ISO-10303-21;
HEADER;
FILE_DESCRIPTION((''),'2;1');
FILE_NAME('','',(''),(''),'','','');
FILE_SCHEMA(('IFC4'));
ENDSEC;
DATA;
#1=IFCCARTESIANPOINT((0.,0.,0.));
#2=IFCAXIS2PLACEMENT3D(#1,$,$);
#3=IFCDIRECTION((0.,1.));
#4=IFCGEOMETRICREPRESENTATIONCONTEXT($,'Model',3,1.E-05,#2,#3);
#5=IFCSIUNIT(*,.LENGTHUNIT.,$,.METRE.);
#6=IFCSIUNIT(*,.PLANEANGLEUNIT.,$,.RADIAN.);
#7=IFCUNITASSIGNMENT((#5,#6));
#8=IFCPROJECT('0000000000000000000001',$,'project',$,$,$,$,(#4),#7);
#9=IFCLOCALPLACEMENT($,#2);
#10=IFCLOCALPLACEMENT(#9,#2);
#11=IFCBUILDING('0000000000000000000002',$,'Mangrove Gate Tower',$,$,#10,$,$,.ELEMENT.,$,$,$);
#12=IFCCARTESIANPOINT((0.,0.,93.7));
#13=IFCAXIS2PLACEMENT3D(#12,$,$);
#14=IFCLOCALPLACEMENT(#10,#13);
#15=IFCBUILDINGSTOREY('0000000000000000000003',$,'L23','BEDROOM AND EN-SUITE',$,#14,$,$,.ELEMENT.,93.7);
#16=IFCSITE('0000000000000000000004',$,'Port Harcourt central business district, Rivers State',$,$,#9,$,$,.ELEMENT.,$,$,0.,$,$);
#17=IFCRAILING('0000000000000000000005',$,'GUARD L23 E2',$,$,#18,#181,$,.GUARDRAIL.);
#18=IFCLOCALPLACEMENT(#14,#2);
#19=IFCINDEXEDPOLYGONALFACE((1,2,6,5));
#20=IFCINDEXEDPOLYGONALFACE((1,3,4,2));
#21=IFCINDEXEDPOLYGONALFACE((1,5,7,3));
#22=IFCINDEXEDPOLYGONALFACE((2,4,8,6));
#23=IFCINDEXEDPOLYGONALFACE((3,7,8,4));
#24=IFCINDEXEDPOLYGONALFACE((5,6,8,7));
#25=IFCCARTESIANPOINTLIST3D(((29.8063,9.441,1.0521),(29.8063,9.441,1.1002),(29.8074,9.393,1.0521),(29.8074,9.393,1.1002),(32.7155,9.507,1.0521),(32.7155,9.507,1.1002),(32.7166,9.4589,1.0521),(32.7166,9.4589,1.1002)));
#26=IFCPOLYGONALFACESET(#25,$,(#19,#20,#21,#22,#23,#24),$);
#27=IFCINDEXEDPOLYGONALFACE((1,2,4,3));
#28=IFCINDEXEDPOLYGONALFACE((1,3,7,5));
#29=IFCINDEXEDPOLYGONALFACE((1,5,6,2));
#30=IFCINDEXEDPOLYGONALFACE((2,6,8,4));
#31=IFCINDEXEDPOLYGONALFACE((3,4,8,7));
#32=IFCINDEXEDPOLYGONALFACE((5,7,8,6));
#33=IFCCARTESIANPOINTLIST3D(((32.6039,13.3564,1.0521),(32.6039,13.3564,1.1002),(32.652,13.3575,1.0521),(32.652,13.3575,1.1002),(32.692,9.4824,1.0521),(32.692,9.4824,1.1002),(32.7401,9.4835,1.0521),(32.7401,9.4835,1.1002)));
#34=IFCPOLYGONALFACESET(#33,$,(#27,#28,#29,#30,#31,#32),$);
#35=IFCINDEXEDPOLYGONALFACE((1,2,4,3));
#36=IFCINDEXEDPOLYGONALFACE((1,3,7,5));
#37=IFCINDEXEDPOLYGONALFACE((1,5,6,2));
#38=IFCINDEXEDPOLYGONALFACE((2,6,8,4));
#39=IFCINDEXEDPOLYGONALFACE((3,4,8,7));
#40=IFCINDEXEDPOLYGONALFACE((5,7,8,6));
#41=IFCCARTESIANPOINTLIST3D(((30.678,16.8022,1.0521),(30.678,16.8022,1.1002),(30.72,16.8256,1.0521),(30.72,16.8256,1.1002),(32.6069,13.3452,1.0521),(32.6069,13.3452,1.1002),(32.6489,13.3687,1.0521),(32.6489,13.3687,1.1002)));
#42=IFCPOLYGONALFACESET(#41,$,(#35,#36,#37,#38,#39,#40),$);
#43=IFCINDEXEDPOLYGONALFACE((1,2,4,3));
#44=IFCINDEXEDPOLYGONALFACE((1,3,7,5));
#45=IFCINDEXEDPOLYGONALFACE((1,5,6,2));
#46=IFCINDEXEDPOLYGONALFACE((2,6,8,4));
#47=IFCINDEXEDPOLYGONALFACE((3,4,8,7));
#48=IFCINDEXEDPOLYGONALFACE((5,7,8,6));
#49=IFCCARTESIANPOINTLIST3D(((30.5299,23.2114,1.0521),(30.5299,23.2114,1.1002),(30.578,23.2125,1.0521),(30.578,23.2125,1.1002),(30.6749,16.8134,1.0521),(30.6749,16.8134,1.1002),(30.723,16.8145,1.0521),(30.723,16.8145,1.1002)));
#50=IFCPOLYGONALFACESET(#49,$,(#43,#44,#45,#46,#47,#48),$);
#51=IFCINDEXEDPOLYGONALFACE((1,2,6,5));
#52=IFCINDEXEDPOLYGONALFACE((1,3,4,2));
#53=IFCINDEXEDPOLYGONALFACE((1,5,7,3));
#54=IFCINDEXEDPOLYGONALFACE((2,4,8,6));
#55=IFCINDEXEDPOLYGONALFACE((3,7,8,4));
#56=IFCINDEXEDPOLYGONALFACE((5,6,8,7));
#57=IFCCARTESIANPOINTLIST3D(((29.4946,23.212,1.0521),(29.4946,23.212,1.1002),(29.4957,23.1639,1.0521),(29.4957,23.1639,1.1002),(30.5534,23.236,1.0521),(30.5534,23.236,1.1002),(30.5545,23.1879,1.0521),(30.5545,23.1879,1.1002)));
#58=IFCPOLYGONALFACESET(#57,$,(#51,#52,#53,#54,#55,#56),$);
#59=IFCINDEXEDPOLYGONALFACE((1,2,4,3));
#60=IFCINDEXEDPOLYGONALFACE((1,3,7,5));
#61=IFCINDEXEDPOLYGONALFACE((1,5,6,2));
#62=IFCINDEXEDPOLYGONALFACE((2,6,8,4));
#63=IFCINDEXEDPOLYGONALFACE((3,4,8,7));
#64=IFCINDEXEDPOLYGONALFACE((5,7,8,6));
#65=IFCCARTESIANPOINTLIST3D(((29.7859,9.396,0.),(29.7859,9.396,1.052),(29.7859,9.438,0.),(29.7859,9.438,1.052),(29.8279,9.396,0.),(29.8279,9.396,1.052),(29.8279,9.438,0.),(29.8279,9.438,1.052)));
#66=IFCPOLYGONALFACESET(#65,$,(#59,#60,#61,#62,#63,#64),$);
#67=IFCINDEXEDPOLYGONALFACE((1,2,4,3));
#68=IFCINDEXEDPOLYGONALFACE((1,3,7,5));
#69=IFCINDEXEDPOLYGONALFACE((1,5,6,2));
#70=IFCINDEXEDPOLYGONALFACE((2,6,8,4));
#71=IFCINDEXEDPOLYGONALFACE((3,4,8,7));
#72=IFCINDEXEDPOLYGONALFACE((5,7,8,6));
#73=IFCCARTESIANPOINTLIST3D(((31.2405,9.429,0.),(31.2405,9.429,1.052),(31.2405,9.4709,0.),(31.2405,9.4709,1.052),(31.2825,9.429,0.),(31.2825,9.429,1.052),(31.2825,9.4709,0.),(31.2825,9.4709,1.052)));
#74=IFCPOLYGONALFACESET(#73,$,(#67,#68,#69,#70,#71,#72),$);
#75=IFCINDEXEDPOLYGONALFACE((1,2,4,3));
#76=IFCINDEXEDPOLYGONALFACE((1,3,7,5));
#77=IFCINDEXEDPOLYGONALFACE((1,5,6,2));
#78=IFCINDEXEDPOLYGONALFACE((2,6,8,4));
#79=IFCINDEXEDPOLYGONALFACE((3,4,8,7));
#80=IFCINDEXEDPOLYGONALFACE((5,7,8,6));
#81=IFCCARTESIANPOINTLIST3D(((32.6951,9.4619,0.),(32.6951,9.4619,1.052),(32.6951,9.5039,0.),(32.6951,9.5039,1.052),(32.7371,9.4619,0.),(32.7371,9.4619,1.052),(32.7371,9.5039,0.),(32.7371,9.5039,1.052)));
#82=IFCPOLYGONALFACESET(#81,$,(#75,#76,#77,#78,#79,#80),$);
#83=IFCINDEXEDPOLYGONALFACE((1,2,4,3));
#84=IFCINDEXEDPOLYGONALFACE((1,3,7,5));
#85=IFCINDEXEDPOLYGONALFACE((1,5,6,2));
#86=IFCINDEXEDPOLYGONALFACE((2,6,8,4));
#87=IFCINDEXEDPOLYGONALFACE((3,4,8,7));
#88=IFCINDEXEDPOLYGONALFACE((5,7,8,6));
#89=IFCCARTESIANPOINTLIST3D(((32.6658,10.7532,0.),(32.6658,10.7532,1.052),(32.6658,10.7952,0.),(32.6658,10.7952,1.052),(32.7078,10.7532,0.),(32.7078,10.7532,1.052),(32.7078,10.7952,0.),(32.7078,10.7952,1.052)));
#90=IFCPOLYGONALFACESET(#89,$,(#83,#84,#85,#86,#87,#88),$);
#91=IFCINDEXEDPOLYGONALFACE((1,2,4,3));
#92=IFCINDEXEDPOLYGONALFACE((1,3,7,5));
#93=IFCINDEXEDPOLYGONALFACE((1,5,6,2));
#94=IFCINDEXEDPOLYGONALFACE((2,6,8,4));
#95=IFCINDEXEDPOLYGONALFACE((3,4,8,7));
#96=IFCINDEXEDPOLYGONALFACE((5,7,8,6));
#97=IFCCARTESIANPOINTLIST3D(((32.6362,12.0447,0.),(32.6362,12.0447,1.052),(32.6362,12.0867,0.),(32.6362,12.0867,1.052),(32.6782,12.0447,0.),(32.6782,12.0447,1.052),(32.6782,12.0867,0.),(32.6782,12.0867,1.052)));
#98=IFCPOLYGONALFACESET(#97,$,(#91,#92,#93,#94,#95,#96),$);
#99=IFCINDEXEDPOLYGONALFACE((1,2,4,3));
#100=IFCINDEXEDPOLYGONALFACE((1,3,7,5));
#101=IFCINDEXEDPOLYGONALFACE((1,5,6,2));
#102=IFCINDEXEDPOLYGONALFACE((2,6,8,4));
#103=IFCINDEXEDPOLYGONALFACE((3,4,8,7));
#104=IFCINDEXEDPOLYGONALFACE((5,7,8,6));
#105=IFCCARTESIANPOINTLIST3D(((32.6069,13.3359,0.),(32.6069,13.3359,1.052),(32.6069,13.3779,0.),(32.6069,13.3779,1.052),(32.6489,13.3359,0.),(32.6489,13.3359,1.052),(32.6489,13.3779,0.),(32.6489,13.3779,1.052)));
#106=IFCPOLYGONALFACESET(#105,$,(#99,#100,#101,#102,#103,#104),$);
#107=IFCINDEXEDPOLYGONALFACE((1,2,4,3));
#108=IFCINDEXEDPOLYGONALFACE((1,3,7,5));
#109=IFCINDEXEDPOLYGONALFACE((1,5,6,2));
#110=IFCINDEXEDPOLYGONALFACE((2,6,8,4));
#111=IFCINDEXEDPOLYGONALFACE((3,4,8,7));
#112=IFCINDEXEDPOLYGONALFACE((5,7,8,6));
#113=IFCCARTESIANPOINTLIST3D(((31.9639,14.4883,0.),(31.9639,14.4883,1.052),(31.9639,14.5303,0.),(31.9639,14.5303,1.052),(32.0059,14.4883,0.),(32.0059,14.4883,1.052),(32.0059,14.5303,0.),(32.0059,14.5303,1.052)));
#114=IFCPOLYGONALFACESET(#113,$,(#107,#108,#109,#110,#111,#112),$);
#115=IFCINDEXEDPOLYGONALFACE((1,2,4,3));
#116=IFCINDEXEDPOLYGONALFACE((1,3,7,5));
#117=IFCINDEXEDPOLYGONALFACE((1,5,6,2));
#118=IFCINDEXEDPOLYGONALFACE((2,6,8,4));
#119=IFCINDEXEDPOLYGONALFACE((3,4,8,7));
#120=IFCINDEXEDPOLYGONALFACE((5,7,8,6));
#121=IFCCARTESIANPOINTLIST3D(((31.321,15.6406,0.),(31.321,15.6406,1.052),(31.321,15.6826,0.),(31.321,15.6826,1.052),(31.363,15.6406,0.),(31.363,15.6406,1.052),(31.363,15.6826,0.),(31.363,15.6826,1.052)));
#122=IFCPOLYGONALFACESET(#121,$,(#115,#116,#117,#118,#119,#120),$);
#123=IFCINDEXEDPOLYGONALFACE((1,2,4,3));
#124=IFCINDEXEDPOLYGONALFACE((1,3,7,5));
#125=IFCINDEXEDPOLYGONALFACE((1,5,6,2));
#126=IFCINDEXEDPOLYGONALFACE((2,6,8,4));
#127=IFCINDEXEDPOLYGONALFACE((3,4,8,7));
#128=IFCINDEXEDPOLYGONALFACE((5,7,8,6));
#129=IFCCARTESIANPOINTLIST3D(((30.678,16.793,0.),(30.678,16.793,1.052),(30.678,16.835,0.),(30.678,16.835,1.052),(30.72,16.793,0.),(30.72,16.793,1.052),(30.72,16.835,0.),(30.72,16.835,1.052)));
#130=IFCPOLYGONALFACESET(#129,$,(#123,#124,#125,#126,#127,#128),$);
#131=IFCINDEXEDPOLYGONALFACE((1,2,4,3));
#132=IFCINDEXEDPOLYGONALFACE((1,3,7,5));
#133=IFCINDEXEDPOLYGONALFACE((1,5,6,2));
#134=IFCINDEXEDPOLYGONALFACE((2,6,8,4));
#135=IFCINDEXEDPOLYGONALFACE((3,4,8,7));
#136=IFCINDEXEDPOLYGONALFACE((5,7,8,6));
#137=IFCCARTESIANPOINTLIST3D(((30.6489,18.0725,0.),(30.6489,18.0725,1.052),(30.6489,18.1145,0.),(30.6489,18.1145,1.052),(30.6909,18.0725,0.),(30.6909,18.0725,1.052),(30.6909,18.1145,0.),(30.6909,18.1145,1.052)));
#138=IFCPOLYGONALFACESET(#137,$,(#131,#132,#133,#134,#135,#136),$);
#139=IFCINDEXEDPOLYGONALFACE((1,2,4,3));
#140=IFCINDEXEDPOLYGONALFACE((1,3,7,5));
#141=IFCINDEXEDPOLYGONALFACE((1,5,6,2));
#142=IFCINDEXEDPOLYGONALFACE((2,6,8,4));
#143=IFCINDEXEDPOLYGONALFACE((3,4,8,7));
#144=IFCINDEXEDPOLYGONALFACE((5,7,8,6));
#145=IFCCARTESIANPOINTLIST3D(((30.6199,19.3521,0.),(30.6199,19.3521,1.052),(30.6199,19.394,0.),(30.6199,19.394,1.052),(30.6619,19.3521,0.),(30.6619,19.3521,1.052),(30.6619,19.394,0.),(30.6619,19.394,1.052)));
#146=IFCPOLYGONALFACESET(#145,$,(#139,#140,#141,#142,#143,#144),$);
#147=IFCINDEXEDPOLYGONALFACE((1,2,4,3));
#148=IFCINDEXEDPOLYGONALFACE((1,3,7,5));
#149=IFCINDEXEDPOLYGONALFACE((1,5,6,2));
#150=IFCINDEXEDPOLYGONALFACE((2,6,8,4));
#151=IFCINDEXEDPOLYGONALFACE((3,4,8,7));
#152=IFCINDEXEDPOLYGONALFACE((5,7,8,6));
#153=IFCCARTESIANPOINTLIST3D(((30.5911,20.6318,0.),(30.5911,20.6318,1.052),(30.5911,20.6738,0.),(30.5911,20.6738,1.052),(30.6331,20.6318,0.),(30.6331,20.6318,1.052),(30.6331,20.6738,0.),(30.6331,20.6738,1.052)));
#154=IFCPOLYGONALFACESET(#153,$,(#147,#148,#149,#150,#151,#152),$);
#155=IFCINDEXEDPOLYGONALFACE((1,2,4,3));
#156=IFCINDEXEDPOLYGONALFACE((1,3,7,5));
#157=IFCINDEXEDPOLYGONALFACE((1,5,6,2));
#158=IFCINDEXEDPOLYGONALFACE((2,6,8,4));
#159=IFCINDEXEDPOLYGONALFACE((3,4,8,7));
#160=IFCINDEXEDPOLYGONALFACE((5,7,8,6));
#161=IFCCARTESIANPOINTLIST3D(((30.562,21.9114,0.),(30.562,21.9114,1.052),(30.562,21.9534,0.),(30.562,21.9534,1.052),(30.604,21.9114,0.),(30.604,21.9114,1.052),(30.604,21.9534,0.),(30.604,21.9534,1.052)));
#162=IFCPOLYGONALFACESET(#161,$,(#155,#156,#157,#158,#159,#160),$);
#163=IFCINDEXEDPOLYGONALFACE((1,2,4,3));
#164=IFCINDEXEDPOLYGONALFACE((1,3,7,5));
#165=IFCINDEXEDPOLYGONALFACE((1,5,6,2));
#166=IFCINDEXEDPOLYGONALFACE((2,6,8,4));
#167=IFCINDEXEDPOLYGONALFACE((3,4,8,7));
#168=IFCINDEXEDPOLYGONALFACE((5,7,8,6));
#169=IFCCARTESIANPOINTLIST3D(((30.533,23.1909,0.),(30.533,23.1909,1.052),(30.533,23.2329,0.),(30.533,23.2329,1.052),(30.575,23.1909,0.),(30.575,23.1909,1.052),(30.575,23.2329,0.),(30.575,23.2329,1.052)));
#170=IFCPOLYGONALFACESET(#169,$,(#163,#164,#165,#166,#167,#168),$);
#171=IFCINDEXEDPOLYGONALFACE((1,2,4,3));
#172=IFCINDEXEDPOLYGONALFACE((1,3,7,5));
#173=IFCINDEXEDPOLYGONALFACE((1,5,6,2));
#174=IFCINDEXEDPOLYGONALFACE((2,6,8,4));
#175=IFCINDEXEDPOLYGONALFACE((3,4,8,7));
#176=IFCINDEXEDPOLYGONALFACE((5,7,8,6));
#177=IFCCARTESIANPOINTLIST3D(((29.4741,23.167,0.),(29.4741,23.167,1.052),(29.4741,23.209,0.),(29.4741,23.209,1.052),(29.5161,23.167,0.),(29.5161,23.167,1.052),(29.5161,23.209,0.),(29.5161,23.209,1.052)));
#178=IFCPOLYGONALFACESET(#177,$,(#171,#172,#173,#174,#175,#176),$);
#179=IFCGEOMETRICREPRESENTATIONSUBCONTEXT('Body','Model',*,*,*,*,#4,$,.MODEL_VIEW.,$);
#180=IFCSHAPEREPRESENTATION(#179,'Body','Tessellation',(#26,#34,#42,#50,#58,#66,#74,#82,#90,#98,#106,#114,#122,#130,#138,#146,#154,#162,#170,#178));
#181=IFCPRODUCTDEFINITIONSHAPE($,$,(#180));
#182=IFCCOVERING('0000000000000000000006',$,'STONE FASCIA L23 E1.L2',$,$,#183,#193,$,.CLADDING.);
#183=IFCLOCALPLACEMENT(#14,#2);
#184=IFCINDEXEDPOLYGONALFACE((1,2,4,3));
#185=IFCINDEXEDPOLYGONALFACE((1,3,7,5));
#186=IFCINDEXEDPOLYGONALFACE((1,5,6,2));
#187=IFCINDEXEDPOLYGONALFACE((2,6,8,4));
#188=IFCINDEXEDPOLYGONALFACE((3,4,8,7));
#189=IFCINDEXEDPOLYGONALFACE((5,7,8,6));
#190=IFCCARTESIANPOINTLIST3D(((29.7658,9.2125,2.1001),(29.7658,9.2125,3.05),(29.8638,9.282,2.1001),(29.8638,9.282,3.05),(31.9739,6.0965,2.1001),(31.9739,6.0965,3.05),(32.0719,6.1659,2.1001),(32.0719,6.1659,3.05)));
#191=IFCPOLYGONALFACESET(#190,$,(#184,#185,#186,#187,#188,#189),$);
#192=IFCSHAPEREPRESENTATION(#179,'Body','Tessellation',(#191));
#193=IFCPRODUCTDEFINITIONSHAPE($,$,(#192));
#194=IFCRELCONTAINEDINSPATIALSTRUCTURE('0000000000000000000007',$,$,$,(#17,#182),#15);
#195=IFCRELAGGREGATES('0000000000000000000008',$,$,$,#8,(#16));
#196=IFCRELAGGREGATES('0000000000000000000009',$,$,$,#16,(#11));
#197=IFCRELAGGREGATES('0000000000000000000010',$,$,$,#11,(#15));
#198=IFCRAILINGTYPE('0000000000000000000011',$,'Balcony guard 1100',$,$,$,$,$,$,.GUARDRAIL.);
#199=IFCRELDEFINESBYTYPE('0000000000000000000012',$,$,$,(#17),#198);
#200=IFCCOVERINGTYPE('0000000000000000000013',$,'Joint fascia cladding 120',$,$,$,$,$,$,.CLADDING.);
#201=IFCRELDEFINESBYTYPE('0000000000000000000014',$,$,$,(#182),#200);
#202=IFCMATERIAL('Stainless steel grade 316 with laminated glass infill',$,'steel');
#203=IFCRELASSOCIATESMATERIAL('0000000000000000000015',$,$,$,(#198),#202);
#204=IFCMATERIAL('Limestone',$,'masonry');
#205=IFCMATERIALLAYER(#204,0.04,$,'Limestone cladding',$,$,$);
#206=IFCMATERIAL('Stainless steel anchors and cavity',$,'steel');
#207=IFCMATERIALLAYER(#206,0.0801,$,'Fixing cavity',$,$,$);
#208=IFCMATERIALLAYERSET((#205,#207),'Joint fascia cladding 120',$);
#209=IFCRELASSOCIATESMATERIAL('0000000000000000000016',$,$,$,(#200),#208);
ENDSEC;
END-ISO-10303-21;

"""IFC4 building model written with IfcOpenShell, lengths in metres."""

from ifc_helpers import new_model, si_unit, direction, frame, frame_2d, origin, origin_2d, place, context, subcontext, project, spatial, rectangle, extrude, material, layer, layer_set, type_object, element, save


model = new_model("IFC4")

# Units and contexts
model_context = context("Model", 3, precision=1e-05, world=origin(), true_north=direction((0.0, 1.0)))
body_context = subcontext(model_context, "Body", "Model", "MODEL_VIEW")
ifc_project = project(units=[si_unit("LENGTHUNIT", "METRE"), si_unit("PLANEANGLEUNIT", "RADIAN")], contexts=[model_context])

# Site, building, storey
site_placement = place(None, origin())
site = spatial("IfcSite", under=ifc_project, at=site_placement, Name="Port Harcourt central business district, Rivers State", CompositionType="ELEMENT", RefElevation=0.0)
building_placement = place(site_placement, origin())
building = spatial("IfcBuilding", under=site, at=building_placement, Name="Mangrove Gate Tower", CompositionType="ELEMENT")
storey_placement = place(building_placement, frame((0.0, 0.0, 93.7)))
storey = spatial("IfcBuildingStorey", under=building, at=storey_placement, Name="L23", Description="BEDROOM AND EN-SUITE", CompositionType="ELEMENT", Elevation=93.7)

# Shared definitions
ifc_material_1 = material(Name="Limestone", Category="masonry")

# Railing
ifc_material_2 = material(Name="Stainless steel grade 316 with laminated glass infill", Category="steel")
railing_type = type_object("IfcRailingType", Name="Balcony guard 1100", PredefinedType="GUARDRAIL", material=ifc_material_2)
railing_placement = place(storey_placement, frame((29.8069, 9.417, 0.0)))
element("IfcRailing", 1, at=railing_placement, inside=storey, type_object=railing_type, Name="GUARD L23 E2", PredefinedType="GUARDRAIL", context=body_context, shape_type="SweptSolid", body=[
    extrude(rectangle(XDim=0.0481, YDim=0.0481, at=origin_2d()), frame((0.0, 0.0, 1.0762), z_axis=(0.999743, 0.022653, 0.0), x_axis=(-0.022653, 0.999743, 0.0)), (0.0, 0.0, 1.0), 2.9099),
    extrude(rectangle(XDim=0.0481, YDim=0.0481, at=origin_2d()), frame((2.9092, 0.0659, 1.0762), z_axis=(-0.022744, 0.999741, 0.0), x_axis=(-0.999741, -0.022744, 0.0)), (0.0, 0.0, 1.0), 3.875),
    extrude(rectangle(XDim=0.0481, YDim=0.0481, at=origin_2d()), frame((2.821, 3.9399, 1.0762), z_axis=(-0.48726, 0.873257, 0.0), x_axis=(-0.873257, -0.48726, 0.0)), (0.0, 0.0, 1.0), 3.9587),
    extrude(rectangle(XDim=0.0481, YDim=0.0481, at=origin_2d()), frame((0.8921, 7.397, 1.0762), z_axis=(-0.022661, 0.999743, 0.0), x_axis=(-0.999743, -0.022661, 0.0)), (0.0, 0.0, 1.0), 6.3997),
    extrude(rectangle(XDim=0.0481, YDim=0.0481, at=origin_2d()), frame((0.7471, 13.7949, 1.0762), z_axis=(-0.999745, -0.02259, 0.0), x_axis=(0.02259, -0.999745, 0.0)), (0.0, 0.0, 1.0), 1.0591),
    extrude(rectangle(XDim=0.042, YDim=0.042, at=origin_2d()), origin(), (0.0, 0.0, 1.0), 1.052),
    extrude(rectangle(XDim=0.042, YDim=0.042, at=origin_2d()), frame((1.4546, 0.033, 0.0)), (0.0, 0.0, 1.0), 1.052),
    extrude(rectangle(XDim=0.042, YDim=0.042, at=origin_2d()), frame((2.9092, 0.0659, 0.0)), (0.0, 0.0, 1.0), 1.052),
    extrude(rectangle(XDim=0.042, YDim=0.042, at=origin_2d()), frame((2.8799, 1.3572, 0.0)), (0.0, 0.0, 1.0), 1.052),
    extrude(rectangle(XDim=0.042, YDim=0.042, at=origin_2d()), frame((2.8503, 2.6487, 0.0)), (0.0, 0.0, 1.0), 1.052),
    extrude(rectangle(XDim=0.042, YDim=0.042, at=origin_2d()), frame((2.821, 3.9399, 0.0)), (0.0, 0.0, 1.0), 1.052),
    extrude(rectangle(XDim=0.042, YDim=0.042, at=origin_2d()), frame((2.178, 5.0923, 0.0)), (0.0, 0.0, 1.0), 1.052),
    extrude(rectangle(XDim=0.042, YDim=0.042, at=origin_2d()), frame((1.5352, 6.2446, 0.0)), (0.0, 0.0, 1.0), 1.052),
    extrude(rectangle(XDim=0.042, YDim=0.042, at=origin_2d()), frame((0.8921, 7.397, 0.0)), (0.0, 0.0, 1.0), 1.052),
    extrude(rectangle(XDim=0.042, YDim=0.042, at=origin_2d()), frame((0.863, 8.6765, 0.0)), (0.0, 0.0, 1.0), 1.052),
    extrude(rectangle(XDim=0.042, YDim=0.042, at=origin_2d()), frame((0.834, 9.9561, 0.0)), (0.0, 0.0, 1.0), 1.052),
    extrude(rectangle(XDim=0.042, YDim=0.042, at=origin_2d()), frame((0.8052, 11.2358, 0.0)), (0.0, 0.0, 1.0), 1.052),
    extrude(rectangle(XDim=0.042, YDim=0.042, at=origin_2d()), frame((0.7761, 12.5154, 0.0)), (0.0, 0.0, 1.0), 1.052),
    extrude(rectangle(XDim=0.042, YDim=0.042, at=origin_2d()), frame((0.7471, 13.7949, 0.0)), (0.0, 0.0, 1.0), 1.052),
    extrude(rectangle(XDim=0.042, YDim=0.042, at=origin_2d()), frame((-0.3118, 13.771, 0.0)), (0.0, 0.0, 1.0), 1.052),
])

# Covering
ifc_layer_1 = layer(ifc_material_1, 0.04, Name="Limestone cladding")
ifc_material_3 = material(Name="Stainless steel anchors and cavity", Category="steel")
ifc_layer_2 = layer(ifc_material_3, 0.0801, Name="Fixing cavity")
ifc_layer_set_1 = layer_set([ifc_layer_1, ifc_layer_2], Name="Joint fascia cladding 120")
covering_type = type_object("IfcCoveringType", Name="Joint fascia cladding 120", PredefinedType="CLADDING", material=ifc_layer_set_1)
covering_placement = place(storey_placement, frame((32.0229, 6.1311, 2.1001), z_axis=(0.0, 0.0, 1.0), x_axis=(-0.578168, 0.815918, 0.0)))
element("IfcCovering", 2, at=covering_placement, inside=storey, type_object=covering_type, Name="STONE FASCIA L23 E1.L2", PredefinedType="CLADDING", context=body_context, shape_type="SweptSolid", body=[
    extrude(rectangle(XDim=3.8191, YDim=0.1201, at=frame_2d((1.9097, 0.0))), origin(), (0.0, 0.0, 1.0), 0.95),
])

save(model, "model.ifc")
